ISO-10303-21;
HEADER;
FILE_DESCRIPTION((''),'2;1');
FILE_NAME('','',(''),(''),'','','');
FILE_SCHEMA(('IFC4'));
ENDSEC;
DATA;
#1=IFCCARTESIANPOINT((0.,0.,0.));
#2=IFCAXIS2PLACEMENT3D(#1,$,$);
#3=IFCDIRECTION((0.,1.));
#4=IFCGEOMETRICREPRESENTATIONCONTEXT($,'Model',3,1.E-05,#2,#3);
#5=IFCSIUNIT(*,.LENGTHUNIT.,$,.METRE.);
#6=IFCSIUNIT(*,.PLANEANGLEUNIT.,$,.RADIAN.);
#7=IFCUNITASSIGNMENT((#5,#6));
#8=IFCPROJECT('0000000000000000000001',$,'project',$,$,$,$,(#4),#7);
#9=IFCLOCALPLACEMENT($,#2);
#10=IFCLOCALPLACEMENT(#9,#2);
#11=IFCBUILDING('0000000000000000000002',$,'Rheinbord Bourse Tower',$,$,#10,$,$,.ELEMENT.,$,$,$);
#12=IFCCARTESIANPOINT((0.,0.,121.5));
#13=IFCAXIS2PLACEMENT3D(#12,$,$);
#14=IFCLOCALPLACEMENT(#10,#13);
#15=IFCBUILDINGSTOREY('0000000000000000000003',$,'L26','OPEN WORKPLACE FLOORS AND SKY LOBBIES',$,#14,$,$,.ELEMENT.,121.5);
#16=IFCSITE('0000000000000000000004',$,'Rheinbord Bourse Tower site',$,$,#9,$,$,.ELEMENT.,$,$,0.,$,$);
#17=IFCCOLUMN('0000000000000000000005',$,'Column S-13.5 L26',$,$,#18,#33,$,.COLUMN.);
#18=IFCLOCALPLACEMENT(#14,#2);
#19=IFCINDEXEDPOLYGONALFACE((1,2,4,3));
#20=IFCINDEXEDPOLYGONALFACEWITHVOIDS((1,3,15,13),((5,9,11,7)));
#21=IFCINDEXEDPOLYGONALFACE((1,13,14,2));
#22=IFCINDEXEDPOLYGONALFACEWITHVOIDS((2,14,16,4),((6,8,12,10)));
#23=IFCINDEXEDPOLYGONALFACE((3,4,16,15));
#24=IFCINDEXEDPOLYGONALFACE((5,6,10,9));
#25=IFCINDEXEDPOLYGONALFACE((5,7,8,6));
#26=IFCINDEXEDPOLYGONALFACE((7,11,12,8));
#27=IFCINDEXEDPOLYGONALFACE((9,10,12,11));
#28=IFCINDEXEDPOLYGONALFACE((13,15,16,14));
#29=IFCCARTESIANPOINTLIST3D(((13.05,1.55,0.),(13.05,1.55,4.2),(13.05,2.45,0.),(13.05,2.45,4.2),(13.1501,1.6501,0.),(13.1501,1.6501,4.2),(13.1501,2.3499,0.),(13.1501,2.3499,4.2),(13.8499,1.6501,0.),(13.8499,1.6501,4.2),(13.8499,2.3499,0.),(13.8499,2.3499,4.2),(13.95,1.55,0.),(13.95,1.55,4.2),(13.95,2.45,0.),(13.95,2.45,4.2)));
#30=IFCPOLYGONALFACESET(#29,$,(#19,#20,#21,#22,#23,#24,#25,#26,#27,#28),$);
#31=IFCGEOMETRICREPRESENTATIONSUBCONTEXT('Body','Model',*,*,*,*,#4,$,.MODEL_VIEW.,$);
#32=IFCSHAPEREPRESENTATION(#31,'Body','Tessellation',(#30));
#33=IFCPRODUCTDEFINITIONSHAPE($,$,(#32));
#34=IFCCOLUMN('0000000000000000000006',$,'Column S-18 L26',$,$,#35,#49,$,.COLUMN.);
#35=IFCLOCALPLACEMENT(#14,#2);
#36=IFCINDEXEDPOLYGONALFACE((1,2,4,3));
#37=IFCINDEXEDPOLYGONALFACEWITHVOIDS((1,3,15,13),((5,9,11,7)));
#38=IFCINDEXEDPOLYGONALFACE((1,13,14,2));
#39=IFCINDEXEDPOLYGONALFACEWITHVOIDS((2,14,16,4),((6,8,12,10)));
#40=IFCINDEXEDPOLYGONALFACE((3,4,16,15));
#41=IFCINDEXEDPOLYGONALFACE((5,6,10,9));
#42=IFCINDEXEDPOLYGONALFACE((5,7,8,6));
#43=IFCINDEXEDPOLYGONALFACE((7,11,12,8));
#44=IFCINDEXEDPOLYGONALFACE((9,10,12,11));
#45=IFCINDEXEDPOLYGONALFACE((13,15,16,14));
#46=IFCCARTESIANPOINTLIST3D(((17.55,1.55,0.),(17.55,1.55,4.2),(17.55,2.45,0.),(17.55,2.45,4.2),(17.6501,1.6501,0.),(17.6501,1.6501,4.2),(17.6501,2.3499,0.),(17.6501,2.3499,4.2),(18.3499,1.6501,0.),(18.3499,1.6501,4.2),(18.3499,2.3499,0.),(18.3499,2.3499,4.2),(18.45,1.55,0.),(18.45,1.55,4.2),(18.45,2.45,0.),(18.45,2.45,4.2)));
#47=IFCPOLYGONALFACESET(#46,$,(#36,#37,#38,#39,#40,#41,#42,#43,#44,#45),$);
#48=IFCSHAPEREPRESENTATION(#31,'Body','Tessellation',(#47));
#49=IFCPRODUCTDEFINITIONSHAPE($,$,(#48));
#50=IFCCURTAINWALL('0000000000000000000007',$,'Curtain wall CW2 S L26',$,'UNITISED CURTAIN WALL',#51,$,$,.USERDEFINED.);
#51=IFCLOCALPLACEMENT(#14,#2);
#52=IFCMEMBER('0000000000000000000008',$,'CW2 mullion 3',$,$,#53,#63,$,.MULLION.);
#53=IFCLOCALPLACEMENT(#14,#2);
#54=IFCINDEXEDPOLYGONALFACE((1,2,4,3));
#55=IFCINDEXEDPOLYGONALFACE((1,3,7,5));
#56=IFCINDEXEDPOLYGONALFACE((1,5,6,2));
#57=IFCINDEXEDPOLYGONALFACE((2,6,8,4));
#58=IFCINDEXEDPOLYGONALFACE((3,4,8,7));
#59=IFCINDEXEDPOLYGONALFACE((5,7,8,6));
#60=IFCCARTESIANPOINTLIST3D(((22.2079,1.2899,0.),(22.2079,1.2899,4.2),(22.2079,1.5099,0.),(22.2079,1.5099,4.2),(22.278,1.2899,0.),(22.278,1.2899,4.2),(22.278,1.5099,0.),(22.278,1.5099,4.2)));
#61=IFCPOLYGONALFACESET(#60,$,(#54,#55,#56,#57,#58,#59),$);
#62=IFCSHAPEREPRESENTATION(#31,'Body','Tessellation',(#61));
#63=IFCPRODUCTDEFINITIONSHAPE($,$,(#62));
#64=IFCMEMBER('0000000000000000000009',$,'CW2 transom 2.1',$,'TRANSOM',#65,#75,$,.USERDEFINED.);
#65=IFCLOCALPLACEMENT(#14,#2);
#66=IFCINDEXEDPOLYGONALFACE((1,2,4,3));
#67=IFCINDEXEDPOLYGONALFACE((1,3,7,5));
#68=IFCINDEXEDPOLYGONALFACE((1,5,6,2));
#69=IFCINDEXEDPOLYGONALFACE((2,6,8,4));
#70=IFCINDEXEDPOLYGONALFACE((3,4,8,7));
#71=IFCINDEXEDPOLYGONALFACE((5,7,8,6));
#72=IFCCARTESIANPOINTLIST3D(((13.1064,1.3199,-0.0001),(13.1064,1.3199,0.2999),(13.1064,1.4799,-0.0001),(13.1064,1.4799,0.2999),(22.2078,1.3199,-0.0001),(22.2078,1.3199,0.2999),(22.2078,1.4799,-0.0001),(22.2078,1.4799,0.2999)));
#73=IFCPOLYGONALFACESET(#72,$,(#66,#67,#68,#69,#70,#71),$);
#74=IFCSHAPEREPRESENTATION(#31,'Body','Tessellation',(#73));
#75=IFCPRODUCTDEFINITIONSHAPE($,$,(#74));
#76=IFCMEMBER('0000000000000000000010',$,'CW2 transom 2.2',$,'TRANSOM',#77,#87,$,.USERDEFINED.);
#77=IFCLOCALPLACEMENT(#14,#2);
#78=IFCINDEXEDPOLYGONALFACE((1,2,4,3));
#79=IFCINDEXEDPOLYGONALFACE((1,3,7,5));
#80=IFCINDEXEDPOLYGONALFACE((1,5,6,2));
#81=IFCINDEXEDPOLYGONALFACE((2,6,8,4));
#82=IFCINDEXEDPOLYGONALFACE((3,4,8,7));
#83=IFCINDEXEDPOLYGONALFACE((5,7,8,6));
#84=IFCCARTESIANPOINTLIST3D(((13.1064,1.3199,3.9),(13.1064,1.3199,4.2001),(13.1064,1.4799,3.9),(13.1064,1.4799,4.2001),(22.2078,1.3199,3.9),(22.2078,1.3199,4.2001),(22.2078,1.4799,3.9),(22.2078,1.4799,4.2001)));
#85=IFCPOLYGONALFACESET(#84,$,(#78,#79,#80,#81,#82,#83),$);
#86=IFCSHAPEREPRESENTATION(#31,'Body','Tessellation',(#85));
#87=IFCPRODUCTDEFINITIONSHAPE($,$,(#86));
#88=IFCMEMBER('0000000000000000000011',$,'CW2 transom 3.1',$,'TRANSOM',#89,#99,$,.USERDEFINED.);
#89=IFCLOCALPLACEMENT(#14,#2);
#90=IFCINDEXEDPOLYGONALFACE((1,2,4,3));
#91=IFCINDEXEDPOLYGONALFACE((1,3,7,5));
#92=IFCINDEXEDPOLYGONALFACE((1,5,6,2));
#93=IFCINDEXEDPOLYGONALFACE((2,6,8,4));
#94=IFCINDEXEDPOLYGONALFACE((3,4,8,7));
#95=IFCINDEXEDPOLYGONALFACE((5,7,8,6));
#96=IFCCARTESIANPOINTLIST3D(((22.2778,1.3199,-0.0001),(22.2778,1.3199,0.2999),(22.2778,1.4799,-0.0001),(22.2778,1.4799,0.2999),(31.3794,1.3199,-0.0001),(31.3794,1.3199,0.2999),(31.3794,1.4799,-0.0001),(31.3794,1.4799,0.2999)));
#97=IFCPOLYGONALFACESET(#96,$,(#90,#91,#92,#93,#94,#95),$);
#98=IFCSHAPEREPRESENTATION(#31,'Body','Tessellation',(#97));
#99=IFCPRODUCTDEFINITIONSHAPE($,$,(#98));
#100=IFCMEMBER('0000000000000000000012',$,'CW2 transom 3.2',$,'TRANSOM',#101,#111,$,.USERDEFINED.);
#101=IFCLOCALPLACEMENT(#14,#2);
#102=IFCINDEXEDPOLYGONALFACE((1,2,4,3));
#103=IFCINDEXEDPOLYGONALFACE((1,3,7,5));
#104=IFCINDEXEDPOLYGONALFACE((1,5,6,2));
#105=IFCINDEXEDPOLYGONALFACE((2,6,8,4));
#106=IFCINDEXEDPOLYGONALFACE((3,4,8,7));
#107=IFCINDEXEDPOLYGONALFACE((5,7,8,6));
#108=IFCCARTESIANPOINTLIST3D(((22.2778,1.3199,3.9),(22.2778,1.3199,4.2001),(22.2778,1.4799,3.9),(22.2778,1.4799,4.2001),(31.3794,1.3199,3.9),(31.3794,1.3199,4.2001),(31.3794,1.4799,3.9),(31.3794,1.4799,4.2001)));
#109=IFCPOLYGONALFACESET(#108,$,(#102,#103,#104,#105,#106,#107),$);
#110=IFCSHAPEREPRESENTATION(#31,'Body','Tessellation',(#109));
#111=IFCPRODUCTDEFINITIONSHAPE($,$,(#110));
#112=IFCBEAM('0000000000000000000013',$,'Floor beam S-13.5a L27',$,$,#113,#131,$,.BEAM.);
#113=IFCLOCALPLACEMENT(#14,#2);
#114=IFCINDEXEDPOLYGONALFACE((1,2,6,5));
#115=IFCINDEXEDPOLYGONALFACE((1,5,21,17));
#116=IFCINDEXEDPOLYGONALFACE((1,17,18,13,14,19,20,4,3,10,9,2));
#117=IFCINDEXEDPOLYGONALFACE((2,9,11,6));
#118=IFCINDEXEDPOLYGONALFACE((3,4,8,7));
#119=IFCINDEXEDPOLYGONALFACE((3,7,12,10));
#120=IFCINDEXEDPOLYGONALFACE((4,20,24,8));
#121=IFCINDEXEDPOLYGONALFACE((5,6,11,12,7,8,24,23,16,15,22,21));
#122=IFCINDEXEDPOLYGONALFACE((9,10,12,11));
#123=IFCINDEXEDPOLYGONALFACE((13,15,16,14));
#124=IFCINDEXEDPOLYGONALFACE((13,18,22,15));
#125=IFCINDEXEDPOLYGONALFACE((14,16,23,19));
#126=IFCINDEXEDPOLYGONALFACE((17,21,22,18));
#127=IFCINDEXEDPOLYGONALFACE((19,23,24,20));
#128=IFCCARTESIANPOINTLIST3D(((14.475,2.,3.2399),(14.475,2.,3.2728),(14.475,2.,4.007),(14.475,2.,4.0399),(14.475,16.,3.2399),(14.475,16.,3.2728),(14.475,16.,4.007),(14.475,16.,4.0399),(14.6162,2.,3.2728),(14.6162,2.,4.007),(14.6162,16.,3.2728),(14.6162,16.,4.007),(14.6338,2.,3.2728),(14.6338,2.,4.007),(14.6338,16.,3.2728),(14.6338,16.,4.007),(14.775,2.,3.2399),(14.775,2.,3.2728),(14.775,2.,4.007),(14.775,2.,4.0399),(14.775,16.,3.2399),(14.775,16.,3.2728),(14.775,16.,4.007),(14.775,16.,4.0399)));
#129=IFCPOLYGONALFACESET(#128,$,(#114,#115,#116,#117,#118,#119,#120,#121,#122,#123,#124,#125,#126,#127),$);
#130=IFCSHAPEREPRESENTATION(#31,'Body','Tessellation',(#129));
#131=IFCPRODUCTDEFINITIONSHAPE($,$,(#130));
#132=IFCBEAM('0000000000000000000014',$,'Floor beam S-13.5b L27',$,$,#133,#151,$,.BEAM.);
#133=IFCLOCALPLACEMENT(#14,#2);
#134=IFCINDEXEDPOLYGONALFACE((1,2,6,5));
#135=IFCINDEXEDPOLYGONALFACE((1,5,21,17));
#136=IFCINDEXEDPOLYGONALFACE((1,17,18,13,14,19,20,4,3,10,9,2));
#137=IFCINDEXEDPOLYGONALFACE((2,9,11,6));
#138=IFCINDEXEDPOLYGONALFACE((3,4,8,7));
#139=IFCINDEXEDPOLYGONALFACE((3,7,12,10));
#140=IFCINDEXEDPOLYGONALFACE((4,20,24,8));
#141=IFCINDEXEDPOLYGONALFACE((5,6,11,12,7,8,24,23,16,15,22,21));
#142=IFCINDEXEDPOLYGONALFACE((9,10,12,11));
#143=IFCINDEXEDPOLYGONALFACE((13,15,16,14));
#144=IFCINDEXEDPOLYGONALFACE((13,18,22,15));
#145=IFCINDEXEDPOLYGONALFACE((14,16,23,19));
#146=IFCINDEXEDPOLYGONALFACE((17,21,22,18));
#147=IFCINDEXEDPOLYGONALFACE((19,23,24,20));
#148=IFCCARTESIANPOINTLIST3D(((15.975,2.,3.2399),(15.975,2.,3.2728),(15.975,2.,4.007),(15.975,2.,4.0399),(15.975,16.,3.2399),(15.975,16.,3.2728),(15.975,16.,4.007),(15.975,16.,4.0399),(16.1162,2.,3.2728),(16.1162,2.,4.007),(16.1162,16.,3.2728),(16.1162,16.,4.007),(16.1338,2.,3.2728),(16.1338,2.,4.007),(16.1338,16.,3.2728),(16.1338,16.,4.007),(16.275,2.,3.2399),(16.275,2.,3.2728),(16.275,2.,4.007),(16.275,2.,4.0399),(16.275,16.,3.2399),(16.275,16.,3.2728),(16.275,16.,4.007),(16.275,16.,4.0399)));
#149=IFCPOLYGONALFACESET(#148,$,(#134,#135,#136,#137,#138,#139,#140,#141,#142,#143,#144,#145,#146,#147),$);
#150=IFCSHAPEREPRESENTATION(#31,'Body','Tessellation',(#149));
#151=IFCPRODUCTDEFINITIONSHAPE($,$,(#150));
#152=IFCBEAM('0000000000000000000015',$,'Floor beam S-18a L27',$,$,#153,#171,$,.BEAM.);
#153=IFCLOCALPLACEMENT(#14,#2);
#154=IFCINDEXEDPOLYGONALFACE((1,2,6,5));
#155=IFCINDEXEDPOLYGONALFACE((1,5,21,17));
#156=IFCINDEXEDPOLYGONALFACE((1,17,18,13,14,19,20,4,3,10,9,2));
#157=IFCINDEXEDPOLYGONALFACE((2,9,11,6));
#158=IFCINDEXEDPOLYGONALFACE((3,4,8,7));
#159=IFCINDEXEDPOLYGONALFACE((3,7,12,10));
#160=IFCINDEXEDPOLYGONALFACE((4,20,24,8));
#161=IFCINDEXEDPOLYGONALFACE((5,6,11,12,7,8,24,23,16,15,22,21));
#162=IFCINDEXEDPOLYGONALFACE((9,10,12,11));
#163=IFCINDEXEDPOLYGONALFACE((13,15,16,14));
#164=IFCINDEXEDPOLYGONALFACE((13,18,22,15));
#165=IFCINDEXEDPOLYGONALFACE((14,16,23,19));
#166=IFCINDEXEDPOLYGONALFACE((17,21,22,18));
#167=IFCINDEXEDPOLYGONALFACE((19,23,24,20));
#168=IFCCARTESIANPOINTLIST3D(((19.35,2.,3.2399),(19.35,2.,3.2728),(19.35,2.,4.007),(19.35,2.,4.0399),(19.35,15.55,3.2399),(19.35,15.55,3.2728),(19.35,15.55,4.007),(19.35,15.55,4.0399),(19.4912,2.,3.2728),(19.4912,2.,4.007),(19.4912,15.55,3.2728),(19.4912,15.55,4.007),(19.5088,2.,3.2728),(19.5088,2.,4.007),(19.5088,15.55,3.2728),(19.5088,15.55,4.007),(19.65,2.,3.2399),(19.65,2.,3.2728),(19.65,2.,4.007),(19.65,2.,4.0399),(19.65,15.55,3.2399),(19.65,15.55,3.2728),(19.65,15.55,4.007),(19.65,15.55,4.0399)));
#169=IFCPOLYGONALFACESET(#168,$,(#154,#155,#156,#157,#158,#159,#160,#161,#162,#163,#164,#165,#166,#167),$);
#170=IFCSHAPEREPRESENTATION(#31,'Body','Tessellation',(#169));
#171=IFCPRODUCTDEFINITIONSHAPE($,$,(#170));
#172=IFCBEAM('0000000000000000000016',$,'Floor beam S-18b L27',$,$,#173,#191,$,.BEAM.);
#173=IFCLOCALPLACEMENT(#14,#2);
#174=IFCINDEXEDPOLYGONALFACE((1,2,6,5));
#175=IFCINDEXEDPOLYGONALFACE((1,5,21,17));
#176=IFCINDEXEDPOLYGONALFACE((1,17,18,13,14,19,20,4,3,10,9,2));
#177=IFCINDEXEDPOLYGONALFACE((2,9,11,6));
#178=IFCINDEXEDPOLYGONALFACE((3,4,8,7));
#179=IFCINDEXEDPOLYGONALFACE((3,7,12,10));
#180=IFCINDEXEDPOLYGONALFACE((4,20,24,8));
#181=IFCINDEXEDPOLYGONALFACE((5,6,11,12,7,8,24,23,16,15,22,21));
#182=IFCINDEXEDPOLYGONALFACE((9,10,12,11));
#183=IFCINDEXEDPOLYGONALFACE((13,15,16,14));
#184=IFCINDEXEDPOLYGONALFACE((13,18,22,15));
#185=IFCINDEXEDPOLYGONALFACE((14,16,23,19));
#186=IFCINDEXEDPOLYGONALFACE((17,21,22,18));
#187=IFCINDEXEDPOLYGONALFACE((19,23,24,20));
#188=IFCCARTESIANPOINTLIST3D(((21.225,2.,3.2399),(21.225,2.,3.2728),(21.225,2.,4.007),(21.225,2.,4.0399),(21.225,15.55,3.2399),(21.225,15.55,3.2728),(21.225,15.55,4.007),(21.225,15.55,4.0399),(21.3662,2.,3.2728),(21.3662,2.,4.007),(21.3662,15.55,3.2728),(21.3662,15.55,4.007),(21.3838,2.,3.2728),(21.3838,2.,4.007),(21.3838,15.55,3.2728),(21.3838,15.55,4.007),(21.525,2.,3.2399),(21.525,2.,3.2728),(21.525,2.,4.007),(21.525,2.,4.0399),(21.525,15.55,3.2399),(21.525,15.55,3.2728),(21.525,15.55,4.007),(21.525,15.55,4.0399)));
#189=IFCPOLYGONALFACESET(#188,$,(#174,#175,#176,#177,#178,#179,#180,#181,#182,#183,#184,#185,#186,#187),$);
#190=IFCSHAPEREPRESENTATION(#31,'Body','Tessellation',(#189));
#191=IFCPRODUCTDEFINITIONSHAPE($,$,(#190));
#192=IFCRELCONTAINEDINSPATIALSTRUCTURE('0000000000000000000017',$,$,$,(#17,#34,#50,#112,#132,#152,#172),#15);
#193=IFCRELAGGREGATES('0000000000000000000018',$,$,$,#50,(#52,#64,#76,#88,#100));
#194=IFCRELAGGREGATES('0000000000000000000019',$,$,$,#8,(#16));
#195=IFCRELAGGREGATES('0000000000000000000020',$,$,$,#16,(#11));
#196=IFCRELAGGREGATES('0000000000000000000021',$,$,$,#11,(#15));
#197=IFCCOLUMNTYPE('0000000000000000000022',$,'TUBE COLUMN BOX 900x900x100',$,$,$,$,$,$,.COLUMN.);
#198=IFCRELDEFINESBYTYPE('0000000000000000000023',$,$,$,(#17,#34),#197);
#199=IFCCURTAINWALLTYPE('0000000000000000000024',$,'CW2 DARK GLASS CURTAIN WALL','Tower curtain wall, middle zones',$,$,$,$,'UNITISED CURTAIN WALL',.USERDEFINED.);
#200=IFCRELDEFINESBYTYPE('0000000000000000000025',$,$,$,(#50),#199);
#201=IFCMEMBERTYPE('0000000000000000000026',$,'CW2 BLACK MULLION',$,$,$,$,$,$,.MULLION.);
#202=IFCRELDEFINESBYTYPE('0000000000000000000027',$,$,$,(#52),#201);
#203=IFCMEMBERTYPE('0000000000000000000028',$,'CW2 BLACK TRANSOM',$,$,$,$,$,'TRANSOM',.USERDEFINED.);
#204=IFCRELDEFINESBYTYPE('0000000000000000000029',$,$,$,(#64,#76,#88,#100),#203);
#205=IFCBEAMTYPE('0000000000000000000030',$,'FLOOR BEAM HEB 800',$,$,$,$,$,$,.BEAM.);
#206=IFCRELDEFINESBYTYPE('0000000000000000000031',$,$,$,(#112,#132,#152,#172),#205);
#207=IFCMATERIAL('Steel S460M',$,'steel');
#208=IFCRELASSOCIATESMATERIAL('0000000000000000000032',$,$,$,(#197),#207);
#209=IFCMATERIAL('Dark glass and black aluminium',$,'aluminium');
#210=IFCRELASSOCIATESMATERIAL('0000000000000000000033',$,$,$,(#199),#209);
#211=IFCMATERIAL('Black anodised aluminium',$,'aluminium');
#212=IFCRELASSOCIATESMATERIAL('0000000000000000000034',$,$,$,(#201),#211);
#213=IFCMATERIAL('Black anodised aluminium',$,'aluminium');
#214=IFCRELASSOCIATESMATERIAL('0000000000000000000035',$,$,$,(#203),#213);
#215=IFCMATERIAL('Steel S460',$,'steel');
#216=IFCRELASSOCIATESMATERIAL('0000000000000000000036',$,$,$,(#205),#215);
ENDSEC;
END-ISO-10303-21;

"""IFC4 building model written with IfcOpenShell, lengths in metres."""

from ifc_helpers import new_model, si_unit, direction, frame, origin, origin_2d, place, context, subcontext, project, spatial, rectangle, hollow_rectangle, i_section, extrude, material, material_profile, profile_set, type_object, element, aggregate, save


model = new_model("IFC4")

# Units and contexts
model_context = context("Model", 3, precision=1e-05, world=origin(), true_north=direction((0.0, 1.0)))
body_context = subcontext(model_context, "Body", "Model", "MODEL_VIEW")
ifc_project = project(units=[si_unit("LENGTHUNIT", "METRE"), si_unit("PLANEANGLEUNIT", "RADIAN")], contexts=[model_context])

# Site, building, storey
site_placement = place(None, origin())
site = spatial("IfcSite", under=ifc_project, at=site_placement, Name="Rheinbord Bourse Tower site", CompositionType="ELEMENT", RefElevation=0.0)
building_placement = place(site_placement, origin())
building = spatial("IfcBuilding", under=site, at=building_placement, Name="Rheinbord Bourse Tower", CompositionType="ELEMENT")
storey_placement = place(building_placement, frame((0.0, 0.0, 121.5)))
storey = spatial("IfcBuildingStorey", under=building, at=storey_placement, Name="L26", Description="OPEN WORKPLACE FLOORS AND SKY LOBBIES", CompositionType="ELEMENT", Elevation=121.5)

# Columns
ifc_material_1 = material(Name="Steel S460M", Category="steel")
ifc_material_profile_1 = material_profile(ifc_material_1, hollow_rectangle(XDim=0.8999, YDim=0.8999, WallThickness=0.1001, at=origin_2d()), Name="BOX 900x900x100")
ifc_profile_set_1 = profile_set([ifc_material_profile_1], Name="Steel S460M")
column_type = type_object("IfcColumnType", Name="TUBE COLUMN BOX 900x900x100", PredefinedType="COLUMN", material=ifc_profile_set_1)
for number, where, z_axis, x_axis, name in (
    (1, (13.5, 2.0, 0.0), (0.0, 0.0, 1.0), (0.0, 1.0, 0.0), "Column S-13.5 L26"),
    (2, (18.0, 2.0, 0.0), (0.0, 0.0, 1.0), (0.0, 1.0, 0.0), "Column S-18 L26"),
):
    element("IfcColumn", number, at=place(storey_placement, frame(where, z_axis=z_axis, x_axis=x_axis)), inside=storey, type_object=column_type, Name=name, PredefinedType="COLUMN", context=body_context, shape_type="SweptSolid", body=[
        extrude(hollow_rectangle(XDim=0.8999, YDim=0.8999, WallThickness=0.1001, at=origin_2d()), origin(), (0.0, 0.0, 1.0), 4.2),
    ])

# Curtain wall, members
ifc_material_2 = material(Name="Dark glass and black aluminium", Category="aluminium")
curtain_wall_type = type_object("IfcCurtainWallType", Name="CW2 DARK GLASS CURTAIN WALL", Description="Tower curtain wall, middle zones", ElementType="UNITISED CURTAIN WALL", PredefinedType="USERDEFINED", material=ifc_material_2)
curtain_wall_placement = place(storey_placement, origin())
curtain_wall = element("IfcCurtainWall", 3, at=curtain_wall_placement, inside=storey, type_object=curtain_wall_type, Name="Curtain wall CW2 S L26", ObjectType="UNITISED CURTAIN WALL", PredefinedType="USERDEFINED")
ifc_material_3 = material(Name="Black anodised aluminium", Category="aluminium")
ifc_material_profile_2 = material_profile(ifc_material_3, rectangle(XDim=0.22, YDim=0.0701, at=origin_2d()), Name="CW2 MULLION 70x220")
ifc_profile_set_2 = profile_set([ifc_material_profile_2], Name="Black anodised aluminium")
member_type_1 = type_object("IfcMemberType", Name="CW2 BLACK MULLION", PredefinedType="MULLION", material=ifc_profile_set_2)
member_1_placement = place(storey_placement, frame((22.2429, 1.3999, 0.0), z_axis=(0.0, 0.0, 1.0), x_axis=(0.0, 1.0, 0.0)))
member_1 = element("IfcMember", 4, at=member_1_placement, type_object=member_type_1, Name="CW2 mullion 3", PredefinedType="MULLION", context=body_context, shape_type="SweptSolid", body=[
    extrude(rectangle(XDim=0.22, YDim=0.0701, at=origin_2d()), origin(), (0.0, 0.0, 1.0), 4.2),
])
ifc_material_4 = material(Name="Black anodised aluminium", Category="aluminium")
ifc_material_profile_3 = material_profile(ifc_material_4, rectangle(XDim=0.1599, YDim=0.3, at=origin_2d()), Name="CW2 TRANSOM 300x160")
ifc_profile_set_3 = profile_set([ifc_material_profile_3], Name="Black anodised aluminium")
member_type_2 = type_object("IfcMemberType", Name="CW2 BLACK TRANSOM", ElementType="TRANSOM", PredefinedType="USERDEFINED", material=ifc_profile_set_3)
member_2_placement = place(storey_placement, frame((13.1064, 1.3999, 0.1499), z_axis=(1.0, 0.0, 0.0), x_axis=(0.0, 1.0, 0.0)))
member_2 = element("IfcMember", 5, at=member_2_placement, type_object=member_type_2, Name="CW2 transom 2.1", ObjectType="TRANSOM", PredefinedType="USERDEFINED", context=body_context, shape_type="SweptSolid", body=[
    extrude(rectangle(XDim=0.1599, YDim=0.3, at=origin_2d()), origin(), (0.0, 0.0, 1.0), 9.1013),
])
member_3_placement = place(storey_placement, frame((13.1064, 1.3999, 4.05), z_axis=(1.0, 0.0, 0.0), x_axis=(0.0, 1.0, 0.0)))
member_3 = element("IfcMember", 6, at=member_3_placement, type_object=member_type_2, Name="CW2 transom 2.2", ObjectType="TRANSOM", PredefinedType="USERDEFINED", context=body_context, shape_type="SweptSolid", body=[
    extrude(rectangle(XDim=0.1599, YDim=0.3, at=origin_2d()), origin(), (0.0, 0.0, 1.0), 9.1013),
])
member_4_placement = place(storey_placement, frame((22.2778, 1.3999, 0.1499), z_axis=(1.0, 0.0, 0.0), x_axis=(0.0, 1.0, 0.0)))
member_4 = element("IfcMember", 7, at=member_4_placement, type_object=member_type_2, Name="CW2 transom 3.1", ObjectType="TRANSOM", PredefinedType="USERDEFINED", context=body_context, shape_type="SweptSolid", body=[
    extrude(rectangle(XDim=0.1599, YDim=0.3, at=origin_2d()), origin(), (0.0, 0.0, 1.0), 9.1016),
])
member_5_placement = place(storey_placement, frame((22.2778, 1.3999, 4.05), z_axis=(1.0, 0.0, 0.0), x_axis=(0.0, 1.0, 0.0)))
member_5 = element("IfcMember", 8, at=member_5_placement, type_object=member_type_2, Name="CW2 transom 3.2", ObjectType="TRANSOM", PredefinedType="USERDEFINED", context=body_context, shape_type="SweptSolid", body=[
    extrude(rectangle(XDim=0.1599, YDim=0.3, at=origin_2d()), origin(), (0.0, 0.0, 1.0), 9.1016),
])

# Beams
ifc_material_5 = material(Name="Steel S460", Category="steel")
ifc_material_profile_4 = material_profile(ifc_material_5, i_section(OverallWidth=0.3, OverallDepth=0.8, WebThickness=0.0176, FlangeThickness=0.033, at=origin_2d()), Name="HEB 800")
ifc_profile_set_4 = profile_set([ifc_material_profile_4], Name="Steel S460")
beam_type_1 = type_object("IfcBeamType", Name="FLOOR BEAM HEB 800", PredefinedType="BEAM", material=ifc_profile_set_4)
for number, where, z_axis, x_axis, name in (
    (9, (14.625, 2.0, 3.6399), (0.0, 1.0, 0.0), (-1.0, 0.0, 0.0), "Floor beam S-13.5a L27"),
    (10, (16.125, 2.0, 3.6399), (0.0, 1.0, 0.0), (-1.0, 0.0, 0.0), "Floor beam S-13.5b L27"),
):
    element("IfcBeam", number, at=place(storey_placement, frame(where, z_axis=z_axis, x_axis=x_axis)), inside=storey, type_object=beam_type_1, Name=name, PredefinedType="BEAM", context=body_context, shape_type="SweptSolid", body=[
        extrude(i_section(OverallWidth=0.3, OverallDepth=0.8, WebThickness=0.0176, FlangeThickness=0.033, at=origin_2d()), origin(), (0.0, 0.0, 1.0), 14.0),
    ])
for number, where, z_axis, x_axis, name in (
    (11, (19.5, 2.0, 3.6399), (0.0, 1.0, 0.0), (-1.0, 0.0, 0.0), "Floor beam S-18a L27"),
    (12, (21.375, 2.0, 3.6399), (0.0, 1.0, 0.0), (-1.0, 0.0, 0.0), "Floor beam S-18b L27"),
):
    element("IfcBeam", number, at=place(storey_placement, frame(where, z_axis=z_axis, x_axis=x_axis)), inside=storey, type_object=beam_type_1, Name=name, PredefinedType="BEAM", context=body_context, shape_type="SweptSolid", body=[
        extrude(i_section(OverallWidth=0.3, OverallDepth=0.8, WebThickness=0.0176, FlangeThickness=0.033, at=origin_2d()), origin(), (0.0, 0.0, 1.0), 13.55),
    ])

aggregate(curtain_wall, [member_1, member_2, member_3, member_4, member_5])

save(model, "model.ifc")
